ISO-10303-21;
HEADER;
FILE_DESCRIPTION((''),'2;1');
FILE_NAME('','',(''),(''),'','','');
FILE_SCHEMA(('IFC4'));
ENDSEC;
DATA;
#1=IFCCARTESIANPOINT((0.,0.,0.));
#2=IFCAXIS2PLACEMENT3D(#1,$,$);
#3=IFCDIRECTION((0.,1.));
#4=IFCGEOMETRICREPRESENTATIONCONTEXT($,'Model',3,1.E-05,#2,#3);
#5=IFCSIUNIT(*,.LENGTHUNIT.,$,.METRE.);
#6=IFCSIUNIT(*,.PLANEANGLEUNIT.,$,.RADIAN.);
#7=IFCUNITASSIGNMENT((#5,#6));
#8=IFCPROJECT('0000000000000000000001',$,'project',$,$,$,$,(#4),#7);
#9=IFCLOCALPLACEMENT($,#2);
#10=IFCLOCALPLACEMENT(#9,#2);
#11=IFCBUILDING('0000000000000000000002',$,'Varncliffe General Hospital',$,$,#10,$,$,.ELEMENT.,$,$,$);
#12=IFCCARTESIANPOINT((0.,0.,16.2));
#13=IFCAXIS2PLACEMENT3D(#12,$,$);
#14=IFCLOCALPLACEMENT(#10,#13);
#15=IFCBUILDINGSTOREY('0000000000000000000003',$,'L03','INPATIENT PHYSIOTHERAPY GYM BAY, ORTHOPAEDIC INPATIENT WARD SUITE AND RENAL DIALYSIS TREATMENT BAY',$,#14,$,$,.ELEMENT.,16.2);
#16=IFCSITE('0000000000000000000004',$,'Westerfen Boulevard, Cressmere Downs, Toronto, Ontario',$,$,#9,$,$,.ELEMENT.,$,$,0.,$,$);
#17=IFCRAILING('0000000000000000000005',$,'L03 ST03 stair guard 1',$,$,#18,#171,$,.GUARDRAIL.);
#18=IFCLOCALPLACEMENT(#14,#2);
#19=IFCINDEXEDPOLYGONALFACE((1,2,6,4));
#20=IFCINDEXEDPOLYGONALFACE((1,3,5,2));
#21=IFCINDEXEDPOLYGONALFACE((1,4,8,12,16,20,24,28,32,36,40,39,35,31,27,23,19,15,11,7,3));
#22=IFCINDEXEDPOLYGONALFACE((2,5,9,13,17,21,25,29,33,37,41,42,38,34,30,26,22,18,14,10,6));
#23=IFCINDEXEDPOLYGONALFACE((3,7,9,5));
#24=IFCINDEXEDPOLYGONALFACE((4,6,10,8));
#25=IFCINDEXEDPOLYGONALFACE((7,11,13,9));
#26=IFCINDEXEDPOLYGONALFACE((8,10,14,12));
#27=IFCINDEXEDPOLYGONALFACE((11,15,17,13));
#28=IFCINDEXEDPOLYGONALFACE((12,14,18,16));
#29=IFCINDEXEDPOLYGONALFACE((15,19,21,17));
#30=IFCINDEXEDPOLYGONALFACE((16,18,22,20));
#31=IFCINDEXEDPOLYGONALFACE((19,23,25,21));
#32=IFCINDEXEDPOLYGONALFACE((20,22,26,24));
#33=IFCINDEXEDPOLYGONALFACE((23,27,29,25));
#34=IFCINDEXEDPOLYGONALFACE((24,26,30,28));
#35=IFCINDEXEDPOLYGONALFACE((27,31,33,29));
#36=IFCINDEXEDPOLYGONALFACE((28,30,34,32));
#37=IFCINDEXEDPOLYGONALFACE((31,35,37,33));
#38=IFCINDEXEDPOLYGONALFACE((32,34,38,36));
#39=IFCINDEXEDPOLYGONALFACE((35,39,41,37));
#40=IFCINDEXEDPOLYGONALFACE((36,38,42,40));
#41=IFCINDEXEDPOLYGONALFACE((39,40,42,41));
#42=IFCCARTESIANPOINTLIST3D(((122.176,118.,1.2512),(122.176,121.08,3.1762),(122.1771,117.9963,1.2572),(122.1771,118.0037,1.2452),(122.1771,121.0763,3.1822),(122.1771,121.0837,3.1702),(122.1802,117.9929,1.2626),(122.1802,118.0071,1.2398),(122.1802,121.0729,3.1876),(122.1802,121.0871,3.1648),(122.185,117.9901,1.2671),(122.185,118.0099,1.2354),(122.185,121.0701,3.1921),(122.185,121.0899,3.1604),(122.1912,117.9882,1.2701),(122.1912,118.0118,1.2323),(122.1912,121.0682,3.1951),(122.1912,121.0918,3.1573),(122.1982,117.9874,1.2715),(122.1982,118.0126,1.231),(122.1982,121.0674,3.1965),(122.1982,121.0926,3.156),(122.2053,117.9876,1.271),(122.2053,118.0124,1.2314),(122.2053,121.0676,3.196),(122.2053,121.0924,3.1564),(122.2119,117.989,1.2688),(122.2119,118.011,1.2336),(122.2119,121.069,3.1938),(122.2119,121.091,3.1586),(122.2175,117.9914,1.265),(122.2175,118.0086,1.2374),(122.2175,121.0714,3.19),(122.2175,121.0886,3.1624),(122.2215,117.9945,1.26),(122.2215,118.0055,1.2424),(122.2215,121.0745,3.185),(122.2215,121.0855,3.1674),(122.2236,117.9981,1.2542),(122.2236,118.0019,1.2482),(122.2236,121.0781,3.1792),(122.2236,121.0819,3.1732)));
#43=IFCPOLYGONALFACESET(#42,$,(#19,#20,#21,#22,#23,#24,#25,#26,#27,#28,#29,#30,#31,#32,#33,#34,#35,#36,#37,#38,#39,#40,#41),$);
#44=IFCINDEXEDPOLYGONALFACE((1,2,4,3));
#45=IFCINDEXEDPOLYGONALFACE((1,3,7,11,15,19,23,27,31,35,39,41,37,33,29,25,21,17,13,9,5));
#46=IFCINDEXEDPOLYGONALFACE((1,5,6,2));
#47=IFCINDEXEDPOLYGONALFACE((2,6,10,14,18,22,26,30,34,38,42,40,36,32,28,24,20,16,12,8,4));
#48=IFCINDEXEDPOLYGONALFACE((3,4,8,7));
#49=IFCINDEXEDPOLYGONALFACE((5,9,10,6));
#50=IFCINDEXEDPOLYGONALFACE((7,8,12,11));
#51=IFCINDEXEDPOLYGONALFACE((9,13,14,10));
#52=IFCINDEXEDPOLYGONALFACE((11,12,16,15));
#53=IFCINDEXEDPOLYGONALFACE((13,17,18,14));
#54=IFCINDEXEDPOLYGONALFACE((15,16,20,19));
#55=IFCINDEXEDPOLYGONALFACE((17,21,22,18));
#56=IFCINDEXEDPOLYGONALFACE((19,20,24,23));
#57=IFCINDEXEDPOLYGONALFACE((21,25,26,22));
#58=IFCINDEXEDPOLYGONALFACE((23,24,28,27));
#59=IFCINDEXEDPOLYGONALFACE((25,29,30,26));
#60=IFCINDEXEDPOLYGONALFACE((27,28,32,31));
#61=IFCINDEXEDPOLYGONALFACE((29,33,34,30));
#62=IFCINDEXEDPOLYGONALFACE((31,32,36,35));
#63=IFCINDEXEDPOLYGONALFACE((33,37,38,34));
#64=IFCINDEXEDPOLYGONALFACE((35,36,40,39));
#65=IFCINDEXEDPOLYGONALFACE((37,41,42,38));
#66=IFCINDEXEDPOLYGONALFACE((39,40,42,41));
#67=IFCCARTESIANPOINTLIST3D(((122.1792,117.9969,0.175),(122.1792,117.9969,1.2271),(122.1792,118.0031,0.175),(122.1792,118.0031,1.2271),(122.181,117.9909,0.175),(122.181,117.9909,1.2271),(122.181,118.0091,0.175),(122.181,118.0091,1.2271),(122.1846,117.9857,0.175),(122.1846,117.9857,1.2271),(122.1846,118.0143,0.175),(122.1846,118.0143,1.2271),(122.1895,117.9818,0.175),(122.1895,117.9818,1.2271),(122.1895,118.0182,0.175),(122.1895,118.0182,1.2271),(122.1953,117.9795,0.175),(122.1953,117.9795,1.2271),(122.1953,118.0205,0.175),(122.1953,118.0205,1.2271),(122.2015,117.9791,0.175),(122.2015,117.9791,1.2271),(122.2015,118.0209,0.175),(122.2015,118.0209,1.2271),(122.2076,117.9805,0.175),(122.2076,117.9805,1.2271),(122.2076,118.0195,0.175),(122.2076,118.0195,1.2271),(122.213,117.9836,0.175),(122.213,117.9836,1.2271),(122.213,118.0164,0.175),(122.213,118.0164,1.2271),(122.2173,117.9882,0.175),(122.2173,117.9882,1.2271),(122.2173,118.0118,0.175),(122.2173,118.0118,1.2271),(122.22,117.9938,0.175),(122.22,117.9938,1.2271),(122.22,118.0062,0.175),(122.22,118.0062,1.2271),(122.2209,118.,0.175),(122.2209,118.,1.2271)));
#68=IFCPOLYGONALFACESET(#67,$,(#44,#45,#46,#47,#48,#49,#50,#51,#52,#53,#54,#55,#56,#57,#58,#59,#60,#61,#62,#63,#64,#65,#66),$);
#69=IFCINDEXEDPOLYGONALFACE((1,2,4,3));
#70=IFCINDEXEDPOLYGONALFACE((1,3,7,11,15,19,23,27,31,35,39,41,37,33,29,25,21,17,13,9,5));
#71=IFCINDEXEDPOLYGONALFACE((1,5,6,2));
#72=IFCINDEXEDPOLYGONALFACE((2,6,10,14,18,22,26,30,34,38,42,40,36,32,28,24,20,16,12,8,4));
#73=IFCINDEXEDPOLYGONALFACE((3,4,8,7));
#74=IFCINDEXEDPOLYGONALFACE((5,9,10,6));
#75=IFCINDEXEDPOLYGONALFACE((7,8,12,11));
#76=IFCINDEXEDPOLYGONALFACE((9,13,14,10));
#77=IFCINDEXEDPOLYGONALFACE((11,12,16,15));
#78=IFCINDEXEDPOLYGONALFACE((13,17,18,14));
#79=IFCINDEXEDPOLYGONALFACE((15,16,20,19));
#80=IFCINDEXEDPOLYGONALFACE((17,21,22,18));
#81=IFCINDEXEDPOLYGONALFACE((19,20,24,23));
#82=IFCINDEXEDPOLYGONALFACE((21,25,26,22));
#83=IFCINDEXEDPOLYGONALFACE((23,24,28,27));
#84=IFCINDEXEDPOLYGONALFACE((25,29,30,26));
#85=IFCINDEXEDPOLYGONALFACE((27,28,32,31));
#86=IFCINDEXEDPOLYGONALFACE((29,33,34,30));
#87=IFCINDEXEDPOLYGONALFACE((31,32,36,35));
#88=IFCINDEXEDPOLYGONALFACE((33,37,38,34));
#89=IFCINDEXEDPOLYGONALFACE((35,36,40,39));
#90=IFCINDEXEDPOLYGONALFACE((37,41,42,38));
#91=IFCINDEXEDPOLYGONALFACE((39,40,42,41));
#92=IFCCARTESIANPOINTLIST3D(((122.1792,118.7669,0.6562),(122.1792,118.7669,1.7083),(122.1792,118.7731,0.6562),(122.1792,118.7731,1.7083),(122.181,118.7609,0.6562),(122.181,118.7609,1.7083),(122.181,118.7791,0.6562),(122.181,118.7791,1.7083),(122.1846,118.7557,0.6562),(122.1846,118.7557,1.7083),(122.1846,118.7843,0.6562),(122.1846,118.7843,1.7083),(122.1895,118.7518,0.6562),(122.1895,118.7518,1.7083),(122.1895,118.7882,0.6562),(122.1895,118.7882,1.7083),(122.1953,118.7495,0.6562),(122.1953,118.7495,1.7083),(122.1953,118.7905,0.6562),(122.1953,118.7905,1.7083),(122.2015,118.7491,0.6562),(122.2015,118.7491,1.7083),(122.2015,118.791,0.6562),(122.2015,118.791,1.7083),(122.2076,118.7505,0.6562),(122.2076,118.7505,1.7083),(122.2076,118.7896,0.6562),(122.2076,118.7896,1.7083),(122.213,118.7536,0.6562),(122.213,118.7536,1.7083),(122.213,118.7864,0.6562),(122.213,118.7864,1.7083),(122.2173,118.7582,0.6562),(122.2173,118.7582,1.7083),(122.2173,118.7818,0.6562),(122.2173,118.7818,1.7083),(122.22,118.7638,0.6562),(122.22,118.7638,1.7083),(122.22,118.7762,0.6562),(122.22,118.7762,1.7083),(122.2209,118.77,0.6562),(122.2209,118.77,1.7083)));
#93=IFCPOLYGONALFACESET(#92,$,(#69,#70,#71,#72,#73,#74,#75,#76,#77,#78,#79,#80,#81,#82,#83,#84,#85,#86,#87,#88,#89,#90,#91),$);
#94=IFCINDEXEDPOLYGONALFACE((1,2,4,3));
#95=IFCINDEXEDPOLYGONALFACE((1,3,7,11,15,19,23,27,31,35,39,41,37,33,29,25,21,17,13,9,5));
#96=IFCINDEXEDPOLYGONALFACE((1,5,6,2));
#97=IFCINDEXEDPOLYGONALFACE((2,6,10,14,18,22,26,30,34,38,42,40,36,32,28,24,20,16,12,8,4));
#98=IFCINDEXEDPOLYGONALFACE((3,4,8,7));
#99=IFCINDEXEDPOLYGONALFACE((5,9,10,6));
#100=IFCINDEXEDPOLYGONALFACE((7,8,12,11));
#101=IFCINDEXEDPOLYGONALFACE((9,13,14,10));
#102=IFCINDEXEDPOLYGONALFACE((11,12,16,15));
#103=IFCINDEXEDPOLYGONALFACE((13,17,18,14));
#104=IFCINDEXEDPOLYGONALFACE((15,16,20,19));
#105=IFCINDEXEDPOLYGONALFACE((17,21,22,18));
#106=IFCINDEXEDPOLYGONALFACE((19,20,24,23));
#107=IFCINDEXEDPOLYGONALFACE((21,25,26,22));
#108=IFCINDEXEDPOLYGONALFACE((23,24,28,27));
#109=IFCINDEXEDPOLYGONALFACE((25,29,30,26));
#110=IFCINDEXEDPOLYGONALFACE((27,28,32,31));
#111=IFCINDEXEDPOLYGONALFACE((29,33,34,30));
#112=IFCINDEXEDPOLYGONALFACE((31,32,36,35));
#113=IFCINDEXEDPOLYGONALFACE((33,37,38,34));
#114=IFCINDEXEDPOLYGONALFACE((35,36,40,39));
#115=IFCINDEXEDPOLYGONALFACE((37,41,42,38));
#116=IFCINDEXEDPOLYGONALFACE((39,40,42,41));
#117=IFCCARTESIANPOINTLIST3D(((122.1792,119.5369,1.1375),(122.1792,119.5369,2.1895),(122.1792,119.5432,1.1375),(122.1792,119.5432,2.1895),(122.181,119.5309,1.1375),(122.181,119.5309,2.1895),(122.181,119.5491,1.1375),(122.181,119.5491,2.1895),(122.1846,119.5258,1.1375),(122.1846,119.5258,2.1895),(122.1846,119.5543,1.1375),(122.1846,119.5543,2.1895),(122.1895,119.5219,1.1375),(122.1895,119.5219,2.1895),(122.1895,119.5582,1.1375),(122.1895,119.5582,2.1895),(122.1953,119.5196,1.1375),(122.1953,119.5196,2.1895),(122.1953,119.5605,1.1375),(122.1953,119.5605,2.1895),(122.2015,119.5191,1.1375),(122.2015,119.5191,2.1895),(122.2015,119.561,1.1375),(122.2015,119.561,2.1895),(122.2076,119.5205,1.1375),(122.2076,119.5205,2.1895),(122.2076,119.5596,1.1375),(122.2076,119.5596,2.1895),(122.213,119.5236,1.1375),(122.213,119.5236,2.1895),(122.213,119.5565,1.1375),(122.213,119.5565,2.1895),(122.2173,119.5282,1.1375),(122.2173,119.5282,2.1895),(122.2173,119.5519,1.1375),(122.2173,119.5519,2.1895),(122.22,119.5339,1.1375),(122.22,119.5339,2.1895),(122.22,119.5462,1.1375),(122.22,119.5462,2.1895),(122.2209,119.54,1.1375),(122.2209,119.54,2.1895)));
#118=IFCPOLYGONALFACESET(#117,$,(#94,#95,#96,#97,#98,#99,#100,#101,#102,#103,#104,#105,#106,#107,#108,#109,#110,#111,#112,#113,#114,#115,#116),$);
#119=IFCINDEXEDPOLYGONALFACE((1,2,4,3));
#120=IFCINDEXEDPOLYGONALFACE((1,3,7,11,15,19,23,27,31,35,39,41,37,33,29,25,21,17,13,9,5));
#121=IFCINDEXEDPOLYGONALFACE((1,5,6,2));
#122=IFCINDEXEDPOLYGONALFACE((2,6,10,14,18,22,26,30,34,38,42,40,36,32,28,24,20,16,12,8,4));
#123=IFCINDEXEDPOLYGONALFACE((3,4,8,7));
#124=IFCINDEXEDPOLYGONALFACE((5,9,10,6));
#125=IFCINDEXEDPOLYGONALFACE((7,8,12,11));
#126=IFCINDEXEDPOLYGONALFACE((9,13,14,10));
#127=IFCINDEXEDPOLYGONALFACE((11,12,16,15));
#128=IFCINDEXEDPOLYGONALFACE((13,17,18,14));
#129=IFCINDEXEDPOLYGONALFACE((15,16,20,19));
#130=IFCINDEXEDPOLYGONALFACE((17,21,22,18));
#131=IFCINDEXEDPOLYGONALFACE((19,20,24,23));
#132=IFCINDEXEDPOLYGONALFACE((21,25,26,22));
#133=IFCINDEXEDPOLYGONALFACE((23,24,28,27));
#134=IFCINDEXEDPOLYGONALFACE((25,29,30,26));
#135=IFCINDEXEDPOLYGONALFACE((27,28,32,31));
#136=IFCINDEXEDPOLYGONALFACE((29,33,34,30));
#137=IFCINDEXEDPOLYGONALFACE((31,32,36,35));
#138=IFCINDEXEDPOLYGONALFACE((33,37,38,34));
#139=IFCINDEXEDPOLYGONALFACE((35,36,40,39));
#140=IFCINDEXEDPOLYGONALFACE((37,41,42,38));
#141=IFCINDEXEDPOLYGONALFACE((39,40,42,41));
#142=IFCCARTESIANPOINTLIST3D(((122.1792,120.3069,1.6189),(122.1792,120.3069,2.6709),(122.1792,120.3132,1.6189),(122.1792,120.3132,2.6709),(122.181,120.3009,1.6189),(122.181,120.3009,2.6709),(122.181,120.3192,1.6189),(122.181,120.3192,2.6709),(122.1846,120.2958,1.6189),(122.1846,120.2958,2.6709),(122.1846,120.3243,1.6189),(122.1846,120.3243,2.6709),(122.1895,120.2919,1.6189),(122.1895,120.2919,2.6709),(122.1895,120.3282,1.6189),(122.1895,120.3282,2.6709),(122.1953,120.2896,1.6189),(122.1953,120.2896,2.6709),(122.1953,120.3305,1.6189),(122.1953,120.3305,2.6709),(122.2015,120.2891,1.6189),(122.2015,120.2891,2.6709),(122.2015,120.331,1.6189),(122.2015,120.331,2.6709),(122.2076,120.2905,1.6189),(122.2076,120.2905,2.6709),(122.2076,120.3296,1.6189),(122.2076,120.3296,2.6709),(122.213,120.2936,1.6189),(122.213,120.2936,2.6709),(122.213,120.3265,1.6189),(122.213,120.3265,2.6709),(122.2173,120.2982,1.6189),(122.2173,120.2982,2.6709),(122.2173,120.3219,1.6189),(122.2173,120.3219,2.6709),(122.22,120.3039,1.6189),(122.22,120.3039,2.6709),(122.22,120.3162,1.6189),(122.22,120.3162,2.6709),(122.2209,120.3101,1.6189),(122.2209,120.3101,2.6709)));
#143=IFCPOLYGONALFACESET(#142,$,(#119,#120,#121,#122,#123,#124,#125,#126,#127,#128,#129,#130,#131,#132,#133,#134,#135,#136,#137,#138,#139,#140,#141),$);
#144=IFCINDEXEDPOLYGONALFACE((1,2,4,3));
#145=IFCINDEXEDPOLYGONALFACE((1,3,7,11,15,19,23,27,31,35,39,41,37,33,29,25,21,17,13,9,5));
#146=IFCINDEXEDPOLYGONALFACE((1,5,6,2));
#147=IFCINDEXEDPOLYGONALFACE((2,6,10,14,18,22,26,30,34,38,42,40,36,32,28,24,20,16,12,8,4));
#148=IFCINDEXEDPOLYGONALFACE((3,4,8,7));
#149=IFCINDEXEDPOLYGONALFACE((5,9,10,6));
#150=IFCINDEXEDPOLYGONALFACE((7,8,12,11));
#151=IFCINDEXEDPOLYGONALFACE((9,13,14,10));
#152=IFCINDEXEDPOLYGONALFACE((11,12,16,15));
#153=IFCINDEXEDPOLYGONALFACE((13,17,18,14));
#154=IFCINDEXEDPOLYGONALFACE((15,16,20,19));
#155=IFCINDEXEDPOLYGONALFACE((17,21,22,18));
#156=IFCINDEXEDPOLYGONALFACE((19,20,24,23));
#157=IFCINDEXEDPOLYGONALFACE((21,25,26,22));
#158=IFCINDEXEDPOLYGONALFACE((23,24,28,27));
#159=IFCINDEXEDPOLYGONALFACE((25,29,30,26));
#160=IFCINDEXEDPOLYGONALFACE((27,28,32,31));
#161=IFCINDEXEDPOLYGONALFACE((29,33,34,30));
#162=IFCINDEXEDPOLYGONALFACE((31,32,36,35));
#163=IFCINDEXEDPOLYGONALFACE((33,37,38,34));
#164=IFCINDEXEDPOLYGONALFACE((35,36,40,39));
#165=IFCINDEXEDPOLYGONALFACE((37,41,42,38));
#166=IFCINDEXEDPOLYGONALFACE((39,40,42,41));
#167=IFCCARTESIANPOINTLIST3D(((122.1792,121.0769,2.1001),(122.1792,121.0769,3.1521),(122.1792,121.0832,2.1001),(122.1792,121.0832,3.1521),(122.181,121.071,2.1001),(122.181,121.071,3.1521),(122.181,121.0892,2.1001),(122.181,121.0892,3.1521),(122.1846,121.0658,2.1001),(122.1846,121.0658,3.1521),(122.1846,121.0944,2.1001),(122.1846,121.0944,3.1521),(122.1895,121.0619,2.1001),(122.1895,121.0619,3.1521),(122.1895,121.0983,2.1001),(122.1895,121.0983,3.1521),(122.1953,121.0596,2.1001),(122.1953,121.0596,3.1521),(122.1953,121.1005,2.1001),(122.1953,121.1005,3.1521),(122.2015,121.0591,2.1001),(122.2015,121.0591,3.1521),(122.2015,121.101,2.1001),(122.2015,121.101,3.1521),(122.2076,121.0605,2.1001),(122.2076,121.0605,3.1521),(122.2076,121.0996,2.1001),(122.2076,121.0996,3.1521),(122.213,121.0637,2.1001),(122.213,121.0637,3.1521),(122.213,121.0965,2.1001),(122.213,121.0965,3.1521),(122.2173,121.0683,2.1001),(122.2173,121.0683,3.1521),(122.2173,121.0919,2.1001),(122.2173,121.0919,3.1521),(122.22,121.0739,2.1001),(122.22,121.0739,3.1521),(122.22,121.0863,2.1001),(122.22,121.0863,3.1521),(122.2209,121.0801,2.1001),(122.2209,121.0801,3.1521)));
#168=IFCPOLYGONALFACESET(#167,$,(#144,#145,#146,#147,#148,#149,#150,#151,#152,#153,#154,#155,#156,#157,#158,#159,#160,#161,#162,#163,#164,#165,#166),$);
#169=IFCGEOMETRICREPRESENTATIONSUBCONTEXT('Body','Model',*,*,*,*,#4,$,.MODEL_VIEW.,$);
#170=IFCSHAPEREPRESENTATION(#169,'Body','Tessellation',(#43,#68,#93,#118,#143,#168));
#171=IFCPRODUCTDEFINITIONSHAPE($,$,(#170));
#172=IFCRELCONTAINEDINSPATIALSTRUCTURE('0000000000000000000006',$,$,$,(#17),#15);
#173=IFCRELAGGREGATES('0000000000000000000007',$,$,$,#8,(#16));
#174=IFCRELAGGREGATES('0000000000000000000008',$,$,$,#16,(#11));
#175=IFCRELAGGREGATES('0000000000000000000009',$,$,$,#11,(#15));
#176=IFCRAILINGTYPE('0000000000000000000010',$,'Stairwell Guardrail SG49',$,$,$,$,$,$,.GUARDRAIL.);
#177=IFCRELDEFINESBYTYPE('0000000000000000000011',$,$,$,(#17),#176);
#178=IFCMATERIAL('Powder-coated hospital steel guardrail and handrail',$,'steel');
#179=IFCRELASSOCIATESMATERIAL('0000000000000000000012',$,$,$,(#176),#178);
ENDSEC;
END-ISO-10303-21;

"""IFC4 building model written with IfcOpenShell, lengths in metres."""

from ifc_helpers import new_model, si_unit, direction, frame, origin, origin_2d, place, context, subcontext, project, spatial, circle, extrude, material, type_object, element, save


model = new_model("IFC4")

# Units and contexts
model_context = context("Model", 3, precision=1e-05, world=origin(), true_north=direction((0.0, 1.0)))
body_context = subcontext(model_context, "Body", "Model", "MODEL_VIEW")
ifc_project = project(units=[si_unit("LENGTHUNIT", "METRE"), si_unit("PLANEANGLEUNIT", "RADIAN")], contexts=[model_context])

# Site, building, storey
site_placement = place(None, origin())
site = spatial("IfcSite", under=ifc_project, at=site_placement, Name="Westerfen Boulevard, Cressmere Downs, Toronto, Ontario", CompositionType="ELEMENT", RefElevation=0.0)
building_placement = place(site_placement, origin())
building = spatial("IfcBuilding", under=site, at=building_placement, Name="Varncliffe General Hospital", CompositionType="ELEMENT")
storey_placement = place(building_placement, frame((0.0, 0.0, 16.2)))
storey = spatial("IfcBuildingStorey", under=building, at=storey_placement, Name="L03", Description="INPATIENT PHYSIOTHERAPY GYM BAY, ORTHOPAEDIC INPATIENT WARD SUITE AND RENAL DIALYSIS TREATMENT BAY", CompositionType="ELEMENT", Elevation=16.2)

# Railing
ifc_material_1 = material(Name="Powder-coated hospital steel guardrail and handrail", Category="steel")
railing_type_1 = type_object("IfcRailingType", Name="Stairwell Guardrail SG49", PredefinedType="GUARDRAIL", material=ifc_material_1)
railing_1_placement = place(storey_placement, frame((122.2, 118.0, 0.175)))
element("IfcRailing", 1, at=railing_1_placement, inside=storey, type_object=railing_type_1, Name="L03 ST03 stair guard 1", PredefinedType="GUARDRAIL", context=body_context, shape_type="SweptSolid", body=[
    extrude(circle(Radius=0.0239, at=origin_2d()), frame((0.0, 0.0, 1.0762), z_axis=(0.0, 0.847998, 0.529999), x_axis=(-1.0, 0.0, 0.0)), (0.0, 0.0, 1.0), 3.6321),
    extrude(circle(Radius=0.021, at=origin_2d()), origin(), (0.0, 0.0, 1.0), 1.052),
    extrude(circle(Radius=0.021, at=origin_2d()), frame((0.0, 0.77, 0.4812)), (0.0, 0.0, 1.0), 1.052),
    extrude(circle(Radius=0.021, at=origin_2d()), frame((0.0, 1.54, 0.9624)), (0.0, 0.0, 1.0), 1.052),
    extrude(circle(Radius=0.021, at=origin_2d()), frame((0.0, 2.3101, 1.4438)), (0.0, 0.0, 1.0), 1.052),
    extrude(circle(Radius=0.021, at=origin_2d()), frame((0.0, 3.0801, 1.925)), (0.0, 0.0, 1.0), 1.052),
])

save(model, "model.ifc")
